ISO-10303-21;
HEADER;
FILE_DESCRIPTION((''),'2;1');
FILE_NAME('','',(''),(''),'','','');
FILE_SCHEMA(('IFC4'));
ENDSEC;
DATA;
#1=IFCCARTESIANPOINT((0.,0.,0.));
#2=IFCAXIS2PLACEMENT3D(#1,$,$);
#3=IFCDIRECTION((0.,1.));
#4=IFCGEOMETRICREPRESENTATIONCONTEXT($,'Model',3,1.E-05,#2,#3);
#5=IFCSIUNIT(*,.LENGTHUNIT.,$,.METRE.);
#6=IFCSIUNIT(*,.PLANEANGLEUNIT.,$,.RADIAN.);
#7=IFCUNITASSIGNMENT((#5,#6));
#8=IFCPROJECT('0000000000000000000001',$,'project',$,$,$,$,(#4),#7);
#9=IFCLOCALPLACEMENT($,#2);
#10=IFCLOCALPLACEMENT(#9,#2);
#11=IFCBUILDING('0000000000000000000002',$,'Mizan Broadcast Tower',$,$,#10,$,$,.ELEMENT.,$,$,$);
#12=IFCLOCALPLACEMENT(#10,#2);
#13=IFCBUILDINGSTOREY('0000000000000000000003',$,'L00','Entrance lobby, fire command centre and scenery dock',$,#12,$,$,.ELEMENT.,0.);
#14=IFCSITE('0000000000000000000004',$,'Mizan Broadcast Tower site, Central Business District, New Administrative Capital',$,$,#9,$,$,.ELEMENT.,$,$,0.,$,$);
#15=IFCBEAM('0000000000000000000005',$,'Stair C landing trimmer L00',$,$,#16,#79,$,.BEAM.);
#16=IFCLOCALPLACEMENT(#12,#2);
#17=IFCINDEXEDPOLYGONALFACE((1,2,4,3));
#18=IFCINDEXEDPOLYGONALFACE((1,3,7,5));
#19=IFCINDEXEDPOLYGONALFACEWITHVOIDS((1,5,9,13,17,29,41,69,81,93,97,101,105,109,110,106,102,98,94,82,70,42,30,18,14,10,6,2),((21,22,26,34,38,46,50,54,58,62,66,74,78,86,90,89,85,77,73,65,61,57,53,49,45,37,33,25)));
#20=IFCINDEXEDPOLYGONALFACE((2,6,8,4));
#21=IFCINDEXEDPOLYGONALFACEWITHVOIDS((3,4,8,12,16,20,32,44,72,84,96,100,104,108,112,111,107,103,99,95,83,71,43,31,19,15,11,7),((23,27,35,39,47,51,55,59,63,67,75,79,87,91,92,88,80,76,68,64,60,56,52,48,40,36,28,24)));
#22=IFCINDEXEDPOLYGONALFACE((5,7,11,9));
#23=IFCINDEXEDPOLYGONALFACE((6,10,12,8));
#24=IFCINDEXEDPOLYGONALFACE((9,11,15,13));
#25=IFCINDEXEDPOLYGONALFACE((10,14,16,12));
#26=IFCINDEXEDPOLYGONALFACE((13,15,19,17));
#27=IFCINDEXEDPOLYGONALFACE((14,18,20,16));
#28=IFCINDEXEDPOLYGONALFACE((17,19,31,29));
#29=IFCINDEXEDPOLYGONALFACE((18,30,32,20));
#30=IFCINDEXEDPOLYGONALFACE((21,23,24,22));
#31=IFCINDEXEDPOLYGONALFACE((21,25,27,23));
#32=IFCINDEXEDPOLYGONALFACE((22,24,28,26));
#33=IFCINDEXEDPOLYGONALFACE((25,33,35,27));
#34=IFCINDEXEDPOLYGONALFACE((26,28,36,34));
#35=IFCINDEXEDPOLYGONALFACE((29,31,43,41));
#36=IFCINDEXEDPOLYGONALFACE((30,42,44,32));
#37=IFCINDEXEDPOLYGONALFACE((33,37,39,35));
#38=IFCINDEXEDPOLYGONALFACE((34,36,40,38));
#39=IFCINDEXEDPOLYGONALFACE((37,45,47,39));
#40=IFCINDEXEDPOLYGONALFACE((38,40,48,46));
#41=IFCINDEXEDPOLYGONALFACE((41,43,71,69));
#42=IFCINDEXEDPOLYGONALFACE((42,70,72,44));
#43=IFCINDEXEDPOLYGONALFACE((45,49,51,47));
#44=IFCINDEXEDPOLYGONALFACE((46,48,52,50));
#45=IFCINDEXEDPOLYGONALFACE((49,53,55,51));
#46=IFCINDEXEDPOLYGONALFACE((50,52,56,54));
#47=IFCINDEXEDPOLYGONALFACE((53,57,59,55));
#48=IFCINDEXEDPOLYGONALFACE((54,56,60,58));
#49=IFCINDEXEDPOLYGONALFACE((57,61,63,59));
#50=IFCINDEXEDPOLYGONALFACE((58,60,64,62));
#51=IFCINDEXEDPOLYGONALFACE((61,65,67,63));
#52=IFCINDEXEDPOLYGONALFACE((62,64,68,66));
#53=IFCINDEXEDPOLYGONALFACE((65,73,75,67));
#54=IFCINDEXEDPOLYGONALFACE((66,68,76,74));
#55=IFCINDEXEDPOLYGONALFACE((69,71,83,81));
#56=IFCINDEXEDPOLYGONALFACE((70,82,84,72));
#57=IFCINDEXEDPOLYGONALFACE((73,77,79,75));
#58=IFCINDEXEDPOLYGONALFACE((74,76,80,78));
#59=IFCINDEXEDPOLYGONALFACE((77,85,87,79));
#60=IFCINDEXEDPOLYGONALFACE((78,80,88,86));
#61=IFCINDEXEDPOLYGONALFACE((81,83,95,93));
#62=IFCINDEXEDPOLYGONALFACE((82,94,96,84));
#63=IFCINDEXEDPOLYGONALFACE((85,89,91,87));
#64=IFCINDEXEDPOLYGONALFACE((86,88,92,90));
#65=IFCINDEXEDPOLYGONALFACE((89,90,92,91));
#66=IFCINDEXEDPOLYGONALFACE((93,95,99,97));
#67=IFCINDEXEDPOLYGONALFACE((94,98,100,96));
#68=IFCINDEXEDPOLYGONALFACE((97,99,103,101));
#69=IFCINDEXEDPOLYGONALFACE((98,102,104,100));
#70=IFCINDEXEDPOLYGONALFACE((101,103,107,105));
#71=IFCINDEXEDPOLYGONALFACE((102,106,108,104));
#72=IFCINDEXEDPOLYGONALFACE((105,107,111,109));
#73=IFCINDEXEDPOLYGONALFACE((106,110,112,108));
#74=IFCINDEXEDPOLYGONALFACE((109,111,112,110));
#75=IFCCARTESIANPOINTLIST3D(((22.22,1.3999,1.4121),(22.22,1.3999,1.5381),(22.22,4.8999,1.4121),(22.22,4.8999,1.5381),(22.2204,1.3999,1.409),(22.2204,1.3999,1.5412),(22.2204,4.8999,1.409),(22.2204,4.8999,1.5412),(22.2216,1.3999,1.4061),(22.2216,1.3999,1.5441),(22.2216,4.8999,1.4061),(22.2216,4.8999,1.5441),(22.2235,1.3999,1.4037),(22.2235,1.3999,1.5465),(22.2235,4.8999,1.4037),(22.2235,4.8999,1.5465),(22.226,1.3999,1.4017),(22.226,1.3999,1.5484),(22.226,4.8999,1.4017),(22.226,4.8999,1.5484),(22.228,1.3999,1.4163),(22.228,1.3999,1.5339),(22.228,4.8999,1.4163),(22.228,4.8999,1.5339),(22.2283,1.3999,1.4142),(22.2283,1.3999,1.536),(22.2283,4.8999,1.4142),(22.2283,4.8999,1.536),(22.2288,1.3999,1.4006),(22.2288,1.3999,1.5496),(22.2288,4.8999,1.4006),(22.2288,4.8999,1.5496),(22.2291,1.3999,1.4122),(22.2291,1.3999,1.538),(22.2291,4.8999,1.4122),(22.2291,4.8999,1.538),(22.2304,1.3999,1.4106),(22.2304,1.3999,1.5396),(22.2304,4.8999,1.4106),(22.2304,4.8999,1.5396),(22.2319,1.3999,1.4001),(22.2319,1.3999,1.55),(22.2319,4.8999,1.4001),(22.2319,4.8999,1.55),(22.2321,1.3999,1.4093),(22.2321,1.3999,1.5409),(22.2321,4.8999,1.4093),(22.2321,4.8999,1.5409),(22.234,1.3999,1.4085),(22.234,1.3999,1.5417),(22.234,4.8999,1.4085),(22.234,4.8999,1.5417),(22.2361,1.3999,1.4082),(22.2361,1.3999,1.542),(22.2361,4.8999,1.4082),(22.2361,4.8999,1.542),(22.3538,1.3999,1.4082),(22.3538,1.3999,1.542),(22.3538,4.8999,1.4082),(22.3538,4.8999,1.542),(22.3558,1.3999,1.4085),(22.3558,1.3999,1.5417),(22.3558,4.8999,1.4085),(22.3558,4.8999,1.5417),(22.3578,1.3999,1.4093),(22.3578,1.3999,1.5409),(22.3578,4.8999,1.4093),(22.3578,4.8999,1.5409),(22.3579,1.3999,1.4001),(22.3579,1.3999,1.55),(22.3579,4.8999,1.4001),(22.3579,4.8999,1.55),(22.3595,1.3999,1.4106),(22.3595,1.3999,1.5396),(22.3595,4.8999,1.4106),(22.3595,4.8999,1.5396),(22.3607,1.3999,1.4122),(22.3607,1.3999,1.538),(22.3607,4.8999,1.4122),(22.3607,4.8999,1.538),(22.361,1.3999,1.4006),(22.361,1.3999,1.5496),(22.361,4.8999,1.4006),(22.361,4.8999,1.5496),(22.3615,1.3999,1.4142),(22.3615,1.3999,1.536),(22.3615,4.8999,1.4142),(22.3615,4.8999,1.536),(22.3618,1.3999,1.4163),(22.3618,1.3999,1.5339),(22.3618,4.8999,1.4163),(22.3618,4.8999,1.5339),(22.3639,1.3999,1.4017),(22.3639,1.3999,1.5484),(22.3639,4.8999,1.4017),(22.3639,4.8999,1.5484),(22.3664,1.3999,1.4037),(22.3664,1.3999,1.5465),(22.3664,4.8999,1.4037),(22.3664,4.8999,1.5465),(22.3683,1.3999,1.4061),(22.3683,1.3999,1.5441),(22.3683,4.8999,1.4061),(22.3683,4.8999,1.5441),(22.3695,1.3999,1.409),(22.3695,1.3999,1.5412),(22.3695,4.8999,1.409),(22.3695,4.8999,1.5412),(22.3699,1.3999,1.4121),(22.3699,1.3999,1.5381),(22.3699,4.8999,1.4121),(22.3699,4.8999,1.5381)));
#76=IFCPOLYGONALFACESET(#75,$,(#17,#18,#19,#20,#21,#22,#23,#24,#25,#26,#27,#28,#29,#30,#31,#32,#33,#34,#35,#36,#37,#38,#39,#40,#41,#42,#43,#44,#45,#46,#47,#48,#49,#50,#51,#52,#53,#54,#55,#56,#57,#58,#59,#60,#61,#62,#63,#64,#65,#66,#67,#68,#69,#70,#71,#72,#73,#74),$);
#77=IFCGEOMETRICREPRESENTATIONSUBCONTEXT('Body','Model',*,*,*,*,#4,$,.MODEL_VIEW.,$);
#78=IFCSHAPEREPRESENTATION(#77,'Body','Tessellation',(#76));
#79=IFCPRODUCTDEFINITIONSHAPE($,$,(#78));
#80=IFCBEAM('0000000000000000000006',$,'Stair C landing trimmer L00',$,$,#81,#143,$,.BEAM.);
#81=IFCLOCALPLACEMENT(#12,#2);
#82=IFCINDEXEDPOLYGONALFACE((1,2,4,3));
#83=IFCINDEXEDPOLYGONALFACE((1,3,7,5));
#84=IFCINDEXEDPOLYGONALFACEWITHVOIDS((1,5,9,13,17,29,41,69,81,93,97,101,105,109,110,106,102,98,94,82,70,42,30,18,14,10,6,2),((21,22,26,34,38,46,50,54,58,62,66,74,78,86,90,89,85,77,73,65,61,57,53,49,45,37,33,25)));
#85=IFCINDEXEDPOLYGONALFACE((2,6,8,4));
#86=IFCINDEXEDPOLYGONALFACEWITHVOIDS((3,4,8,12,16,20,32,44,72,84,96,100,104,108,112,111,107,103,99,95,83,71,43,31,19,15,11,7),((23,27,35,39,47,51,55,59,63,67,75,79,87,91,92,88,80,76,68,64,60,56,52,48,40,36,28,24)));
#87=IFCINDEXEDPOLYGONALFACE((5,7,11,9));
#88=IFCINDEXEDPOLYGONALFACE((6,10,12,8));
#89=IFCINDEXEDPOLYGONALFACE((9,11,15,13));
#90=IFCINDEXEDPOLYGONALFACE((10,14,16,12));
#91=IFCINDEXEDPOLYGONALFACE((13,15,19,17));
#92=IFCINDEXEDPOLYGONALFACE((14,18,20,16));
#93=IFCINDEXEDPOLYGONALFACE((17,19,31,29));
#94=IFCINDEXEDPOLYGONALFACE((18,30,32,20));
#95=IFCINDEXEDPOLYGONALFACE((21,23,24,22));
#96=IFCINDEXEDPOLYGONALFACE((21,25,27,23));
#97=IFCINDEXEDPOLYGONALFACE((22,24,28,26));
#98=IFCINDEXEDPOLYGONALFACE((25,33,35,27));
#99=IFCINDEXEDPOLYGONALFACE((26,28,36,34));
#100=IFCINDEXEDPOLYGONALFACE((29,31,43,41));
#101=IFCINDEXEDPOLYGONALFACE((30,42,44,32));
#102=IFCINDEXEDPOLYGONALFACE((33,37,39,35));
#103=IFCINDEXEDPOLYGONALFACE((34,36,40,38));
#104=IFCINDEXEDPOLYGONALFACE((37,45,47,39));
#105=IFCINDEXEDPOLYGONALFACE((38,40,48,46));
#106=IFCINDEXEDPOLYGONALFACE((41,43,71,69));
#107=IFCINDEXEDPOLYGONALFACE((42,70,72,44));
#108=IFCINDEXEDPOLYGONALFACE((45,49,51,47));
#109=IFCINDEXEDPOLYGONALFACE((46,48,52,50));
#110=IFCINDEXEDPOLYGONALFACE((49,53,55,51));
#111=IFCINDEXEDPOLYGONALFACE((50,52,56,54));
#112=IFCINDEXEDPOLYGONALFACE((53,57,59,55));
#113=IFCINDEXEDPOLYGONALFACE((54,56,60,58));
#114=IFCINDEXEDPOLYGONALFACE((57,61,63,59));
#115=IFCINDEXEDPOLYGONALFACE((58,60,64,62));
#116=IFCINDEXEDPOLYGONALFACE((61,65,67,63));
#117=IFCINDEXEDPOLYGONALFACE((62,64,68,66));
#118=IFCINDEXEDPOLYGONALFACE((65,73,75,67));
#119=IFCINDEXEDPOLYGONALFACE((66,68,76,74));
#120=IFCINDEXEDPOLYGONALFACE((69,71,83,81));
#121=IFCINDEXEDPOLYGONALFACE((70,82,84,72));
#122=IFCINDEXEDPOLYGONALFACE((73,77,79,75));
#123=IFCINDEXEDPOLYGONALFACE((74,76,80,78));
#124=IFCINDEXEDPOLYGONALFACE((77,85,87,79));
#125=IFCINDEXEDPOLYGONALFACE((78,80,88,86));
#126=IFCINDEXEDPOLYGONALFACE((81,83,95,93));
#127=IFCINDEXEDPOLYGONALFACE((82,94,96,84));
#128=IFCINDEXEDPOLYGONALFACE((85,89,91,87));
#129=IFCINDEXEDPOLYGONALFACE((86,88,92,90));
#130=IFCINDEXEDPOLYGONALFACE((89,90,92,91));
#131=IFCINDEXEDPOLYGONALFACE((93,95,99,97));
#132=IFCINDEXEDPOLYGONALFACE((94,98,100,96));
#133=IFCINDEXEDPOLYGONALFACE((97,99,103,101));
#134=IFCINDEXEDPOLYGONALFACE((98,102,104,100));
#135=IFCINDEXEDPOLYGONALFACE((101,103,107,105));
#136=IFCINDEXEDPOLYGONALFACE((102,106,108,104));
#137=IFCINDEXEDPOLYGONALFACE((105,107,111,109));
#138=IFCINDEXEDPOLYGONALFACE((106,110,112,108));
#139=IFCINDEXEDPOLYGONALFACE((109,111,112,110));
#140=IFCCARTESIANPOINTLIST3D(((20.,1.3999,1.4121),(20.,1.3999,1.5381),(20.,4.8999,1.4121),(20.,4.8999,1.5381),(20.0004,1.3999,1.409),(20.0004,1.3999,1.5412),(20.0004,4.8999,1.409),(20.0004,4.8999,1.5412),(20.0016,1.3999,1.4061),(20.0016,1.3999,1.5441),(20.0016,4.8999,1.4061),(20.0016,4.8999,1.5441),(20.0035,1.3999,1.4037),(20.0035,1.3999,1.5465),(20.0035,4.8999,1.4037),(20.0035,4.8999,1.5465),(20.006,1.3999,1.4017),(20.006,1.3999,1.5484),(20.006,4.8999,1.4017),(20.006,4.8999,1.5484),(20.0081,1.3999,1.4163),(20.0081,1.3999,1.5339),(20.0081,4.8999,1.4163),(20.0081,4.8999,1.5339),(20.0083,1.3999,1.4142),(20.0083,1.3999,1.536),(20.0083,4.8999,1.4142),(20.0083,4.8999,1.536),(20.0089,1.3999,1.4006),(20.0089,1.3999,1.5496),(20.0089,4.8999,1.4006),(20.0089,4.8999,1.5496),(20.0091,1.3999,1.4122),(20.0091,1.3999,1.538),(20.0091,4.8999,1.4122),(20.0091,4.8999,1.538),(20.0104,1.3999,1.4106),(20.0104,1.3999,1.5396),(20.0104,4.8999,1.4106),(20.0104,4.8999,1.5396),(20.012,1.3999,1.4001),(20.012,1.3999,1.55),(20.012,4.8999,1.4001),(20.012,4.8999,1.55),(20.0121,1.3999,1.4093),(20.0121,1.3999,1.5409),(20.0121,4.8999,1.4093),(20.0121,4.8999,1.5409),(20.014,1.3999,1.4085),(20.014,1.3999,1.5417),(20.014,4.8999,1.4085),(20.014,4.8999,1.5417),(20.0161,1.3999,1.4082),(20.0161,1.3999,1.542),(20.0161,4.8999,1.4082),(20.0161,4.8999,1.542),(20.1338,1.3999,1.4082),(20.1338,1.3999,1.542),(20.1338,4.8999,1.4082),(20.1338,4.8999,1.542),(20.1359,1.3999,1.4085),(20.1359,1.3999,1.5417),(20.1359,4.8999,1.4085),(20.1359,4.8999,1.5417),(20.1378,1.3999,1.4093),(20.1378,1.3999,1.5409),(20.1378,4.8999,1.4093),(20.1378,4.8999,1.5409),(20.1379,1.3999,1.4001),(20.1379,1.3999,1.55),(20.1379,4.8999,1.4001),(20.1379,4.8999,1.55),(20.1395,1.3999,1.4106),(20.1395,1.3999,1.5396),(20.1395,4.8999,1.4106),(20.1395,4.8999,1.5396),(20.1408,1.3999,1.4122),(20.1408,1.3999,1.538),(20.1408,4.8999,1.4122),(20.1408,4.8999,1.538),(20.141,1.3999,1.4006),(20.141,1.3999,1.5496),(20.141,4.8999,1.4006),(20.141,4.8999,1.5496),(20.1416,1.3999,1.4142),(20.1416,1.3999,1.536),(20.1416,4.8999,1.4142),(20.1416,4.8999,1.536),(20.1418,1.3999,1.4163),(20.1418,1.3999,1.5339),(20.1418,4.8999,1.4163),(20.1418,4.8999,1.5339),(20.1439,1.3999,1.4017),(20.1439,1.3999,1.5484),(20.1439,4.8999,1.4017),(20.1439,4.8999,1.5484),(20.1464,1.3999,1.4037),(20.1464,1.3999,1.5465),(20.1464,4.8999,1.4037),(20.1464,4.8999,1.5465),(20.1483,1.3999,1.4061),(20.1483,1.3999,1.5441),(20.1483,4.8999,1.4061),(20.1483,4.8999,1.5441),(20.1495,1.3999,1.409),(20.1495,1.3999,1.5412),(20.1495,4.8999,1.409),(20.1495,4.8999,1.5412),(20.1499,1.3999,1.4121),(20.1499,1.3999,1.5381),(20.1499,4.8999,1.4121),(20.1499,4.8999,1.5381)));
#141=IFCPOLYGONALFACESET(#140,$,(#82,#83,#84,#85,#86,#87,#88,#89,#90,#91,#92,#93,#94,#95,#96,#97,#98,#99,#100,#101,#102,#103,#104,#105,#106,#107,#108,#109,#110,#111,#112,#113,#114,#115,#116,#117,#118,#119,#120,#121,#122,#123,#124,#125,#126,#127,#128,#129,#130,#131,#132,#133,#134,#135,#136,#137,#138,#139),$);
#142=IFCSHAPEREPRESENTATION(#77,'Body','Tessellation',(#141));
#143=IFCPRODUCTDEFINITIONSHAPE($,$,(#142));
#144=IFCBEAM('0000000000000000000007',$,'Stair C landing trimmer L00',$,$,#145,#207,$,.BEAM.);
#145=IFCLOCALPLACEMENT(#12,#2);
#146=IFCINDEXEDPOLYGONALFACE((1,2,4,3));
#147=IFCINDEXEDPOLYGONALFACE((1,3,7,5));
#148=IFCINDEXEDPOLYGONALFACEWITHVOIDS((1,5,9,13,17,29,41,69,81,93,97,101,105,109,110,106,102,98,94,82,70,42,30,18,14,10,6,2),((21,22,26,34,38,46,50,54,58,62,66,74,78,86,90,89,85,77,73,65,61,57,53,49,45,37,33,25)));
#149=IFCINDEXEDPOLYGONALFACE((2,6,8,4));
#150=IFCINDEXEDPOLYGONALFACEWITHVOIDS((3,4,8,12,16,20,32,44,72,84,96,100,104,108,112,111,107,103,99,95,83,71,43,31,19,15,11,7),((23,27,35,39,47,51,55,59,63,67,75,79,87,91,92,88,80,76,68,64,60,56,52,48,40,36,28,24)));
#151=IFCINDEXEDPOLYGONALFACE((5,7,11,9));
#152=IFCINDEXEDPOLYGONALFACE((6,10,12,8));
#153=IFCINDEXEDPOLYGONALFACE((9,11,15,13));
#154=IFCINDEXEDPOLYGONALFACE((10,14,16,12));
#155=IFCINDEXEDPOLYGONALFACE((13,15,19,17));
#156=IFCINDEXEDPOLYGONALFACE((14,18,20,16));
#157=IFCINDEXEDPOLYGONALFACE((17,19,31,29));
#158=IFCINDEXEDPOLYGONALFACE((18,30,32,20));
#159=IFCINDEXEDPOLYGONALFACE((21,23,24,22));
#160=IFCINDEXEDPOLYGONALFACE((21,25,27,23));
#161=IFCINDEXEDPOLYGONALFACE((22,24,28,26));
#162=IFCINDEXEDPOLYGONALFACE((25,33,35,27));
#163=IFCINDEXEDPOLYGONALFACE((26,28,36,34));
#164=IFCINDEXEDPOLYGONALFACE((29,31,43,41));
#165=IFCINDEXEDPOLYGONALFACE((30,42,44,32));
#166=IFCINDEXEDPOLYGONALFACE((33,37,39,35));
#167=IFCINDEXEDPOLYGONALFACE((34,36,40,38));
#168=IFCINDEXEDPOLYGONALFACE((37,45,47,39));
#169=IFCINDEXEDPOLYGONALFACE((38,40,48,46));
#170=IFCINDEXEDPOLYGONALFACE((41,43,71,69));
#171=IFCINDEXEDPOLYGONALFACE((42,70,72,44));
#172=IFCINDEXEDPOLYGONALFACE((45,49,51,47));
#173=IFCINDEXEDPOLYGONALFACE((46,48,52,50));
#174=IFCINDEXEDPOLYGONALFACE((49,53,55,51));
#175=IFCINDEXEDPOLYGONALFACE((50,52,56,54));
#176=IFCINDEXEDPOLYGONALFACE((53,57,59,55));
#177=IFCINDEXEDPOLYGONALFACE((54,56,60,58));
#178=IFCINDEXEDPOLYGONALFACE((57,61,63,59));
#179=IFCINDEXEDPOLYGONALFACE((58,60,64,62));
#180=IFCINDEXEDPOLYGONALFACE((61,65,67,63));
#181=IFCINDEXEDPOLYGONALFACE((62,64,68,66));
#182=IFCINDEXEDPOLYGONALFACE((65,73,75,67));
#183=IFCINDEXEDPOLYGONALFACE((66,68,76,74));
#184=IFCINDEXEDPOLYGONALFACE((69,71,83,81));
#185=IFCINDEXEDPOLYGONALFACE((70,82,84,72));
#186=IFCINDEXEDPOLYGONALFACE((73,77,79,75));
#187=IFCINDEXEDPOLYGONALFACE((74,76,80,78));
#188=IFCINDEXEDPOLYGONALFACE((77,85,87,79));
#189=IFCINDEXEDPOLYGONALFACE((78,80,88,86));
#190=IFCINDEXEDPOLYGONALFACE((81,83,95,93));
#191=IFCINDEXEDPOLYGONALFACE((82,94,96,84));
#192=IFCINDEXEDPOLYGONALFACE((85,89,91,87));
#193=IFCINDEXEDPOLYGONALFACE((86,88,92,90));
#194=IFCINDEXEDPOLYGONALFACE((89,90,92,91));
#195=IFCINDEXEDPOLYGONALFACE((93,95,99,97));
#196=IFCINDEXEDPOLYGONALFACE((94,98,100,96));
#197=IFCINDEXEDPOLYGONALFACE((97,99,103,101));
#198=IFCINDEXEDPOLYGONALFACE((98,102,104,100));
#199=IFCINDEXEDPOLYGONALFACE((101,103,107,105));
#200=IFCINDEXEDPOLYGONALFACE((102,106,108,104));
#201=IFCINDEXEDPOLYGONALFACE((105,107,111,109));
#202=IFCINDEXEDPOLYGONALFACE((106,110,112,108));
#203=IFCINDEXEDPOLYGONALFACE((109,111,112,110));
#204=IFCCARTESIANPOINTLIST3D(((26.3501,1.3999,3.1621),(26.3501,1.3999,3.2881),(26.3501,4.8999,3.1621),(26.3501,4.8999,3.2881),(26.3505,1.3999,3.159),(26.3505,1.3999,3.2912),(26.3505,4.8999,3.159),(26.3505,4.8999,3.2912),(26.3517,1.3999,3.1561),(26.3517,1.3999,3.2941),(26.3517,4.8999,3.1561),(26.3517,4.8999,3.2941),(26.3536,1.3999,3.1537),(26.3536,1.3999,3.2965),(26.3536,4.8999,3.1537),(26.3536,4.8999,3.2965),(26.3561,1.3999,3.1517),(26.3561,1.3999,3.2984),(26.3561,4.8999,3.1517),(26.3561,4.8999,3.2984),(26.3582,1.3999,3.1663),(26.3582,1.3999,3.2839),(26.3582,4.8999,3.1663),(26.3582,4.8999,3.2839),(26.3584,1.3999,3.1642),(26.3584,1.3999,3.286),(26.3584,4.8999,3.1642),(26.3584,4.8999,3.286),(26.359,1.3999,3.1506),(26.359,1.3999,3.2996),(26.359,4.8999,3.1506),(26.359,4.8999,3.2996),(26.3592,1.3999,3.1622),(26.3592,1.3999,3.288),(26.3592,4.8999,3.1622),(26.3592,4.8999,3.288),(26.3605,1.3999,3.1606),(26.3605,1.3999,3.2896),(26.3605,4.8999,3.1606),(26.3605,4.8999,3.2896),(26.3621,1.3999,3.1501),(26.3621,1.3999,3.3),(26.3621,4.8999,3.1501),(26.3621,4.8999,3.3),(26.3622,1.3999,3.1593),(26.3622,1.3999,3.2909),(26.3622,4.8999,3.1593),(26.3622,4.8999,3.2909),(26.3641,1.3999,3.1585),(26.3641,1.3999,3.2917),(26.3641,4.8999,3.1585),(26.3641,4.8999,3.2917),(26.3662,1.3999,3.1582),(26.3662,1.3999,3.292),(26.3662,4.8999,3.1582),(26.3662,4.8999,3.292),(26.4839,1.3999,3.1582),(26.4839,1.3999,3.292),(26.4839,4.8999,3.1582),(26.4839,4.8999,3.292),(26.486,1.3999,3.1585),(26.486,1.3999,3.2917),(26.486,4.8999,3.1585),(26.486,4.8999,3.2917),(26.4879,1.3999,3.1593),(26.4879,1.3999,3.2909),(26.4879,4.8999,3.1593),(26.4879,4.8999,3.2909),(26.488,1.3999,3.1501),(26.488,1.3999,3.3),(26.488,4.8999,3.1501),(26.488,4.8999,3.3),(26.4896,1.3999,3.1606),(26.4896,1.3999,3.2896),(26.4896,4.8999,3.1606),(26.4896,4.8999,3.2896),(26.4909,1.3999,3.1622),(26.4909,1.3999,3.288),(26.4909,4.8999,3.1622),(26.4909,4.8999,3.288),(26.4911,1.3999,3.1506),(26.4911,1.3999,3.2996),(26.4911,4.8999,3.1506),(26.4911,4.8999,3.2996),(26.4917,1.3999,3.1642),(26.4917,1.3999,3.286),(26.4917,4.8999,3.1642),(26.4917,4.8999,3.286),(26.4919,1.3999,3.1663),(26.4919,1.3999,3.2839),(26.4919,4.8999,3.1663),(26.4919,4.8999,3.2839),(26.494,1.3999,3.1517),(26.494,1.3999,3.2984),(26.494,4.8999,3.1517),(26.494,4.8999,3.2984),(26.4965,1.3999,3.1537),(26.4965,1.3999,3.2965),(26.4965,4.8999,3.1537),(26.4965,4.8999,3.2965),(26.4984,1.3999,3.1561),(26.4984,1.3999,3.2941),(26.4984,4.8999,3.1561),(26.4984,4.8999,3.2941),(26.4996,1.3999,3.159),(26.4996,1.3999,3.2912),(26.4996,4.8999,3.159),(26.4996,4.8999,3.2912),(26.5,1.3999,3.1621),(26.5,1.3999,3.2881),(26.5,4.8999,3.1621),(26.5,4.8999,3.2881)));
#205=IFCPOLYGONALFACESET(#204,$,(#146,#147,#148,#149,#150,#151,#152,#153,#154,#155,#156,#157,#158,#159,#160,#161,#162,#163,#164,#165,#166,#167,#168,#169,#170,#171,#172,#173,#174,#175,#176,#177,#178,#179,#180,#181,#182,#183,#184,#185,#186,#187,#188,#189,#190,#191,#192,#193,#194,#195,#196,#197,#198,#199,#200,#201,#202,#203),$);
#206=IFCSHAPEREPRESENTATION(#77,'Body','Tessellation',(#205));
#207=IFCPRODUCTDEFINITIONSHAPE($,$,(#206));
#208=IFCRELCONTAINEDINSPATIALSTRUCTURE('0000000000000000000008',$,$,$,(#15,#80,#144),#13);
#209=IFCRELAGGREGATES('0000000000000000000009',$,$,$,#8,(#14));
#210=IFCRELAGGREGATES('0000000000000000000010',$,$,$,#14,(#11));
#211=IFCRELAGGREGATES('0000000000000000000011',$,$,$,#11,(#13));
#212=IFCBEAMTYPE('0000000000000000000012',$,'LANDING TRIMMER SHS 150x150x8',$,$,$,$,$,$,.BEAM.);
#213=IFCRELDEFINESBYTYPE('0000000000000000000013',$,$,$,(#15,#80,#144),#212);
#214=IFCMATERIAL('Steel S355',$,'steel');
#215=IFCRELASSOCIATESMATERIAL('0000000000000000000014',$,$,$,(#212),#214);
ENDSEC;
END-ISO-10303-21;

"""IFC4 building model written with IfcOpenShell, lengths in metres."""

from ifc_helpers import new_model, si_unit, direction, frame, origin, origin_2d, place, context, subcontext, project, spatial, hollow_rectangle, extrude, material, material_profile, profile_set, type_object, element, save


model = new_model("IFC4")

# Units and contexts
model_context = context("Model", 3, precision=1e-05, world=origin(), true_north=direction((0.0, 1.0)))
body_context = subcontext(model_context, "Body", "Model", "MODEL_VIEW")
ifc_project = project(units=[si_unit("LENGTHUNIT", "METRE"), si_unit("PLANEANGLEUNIT", "RADIAN")], contexts=[model_context])

# Site, building, storey
site_placement = place(None, origin())
site = spatial("IfcSite", under=ifc_project, at=site_placement, Name="Mizan Broadcast Tower site, Central Business District, New Administrative Capital", CompositionType="ELEMENT", RefElevation=0.0)
building_placement = place(site_placement, origin())
building = spatial("IfcBuilding", under=site, at=building_placement, Name="Mizan Broadcast Tower", CompositionType="ELEMENT")
storey_placement = place(building_placement, origin())
storey = spatial("IfcBuildingStorey", under=building, at=storey_placement, Name="L00", Description="Entrance lobby, fire command centre and scenery dock", CompositionType="ELEMENT", Elevation=0.0)

# Beams
ifc_material_1 = material(Name="Steel S355", Category="steel")
ifc_material_profile_1 = material_profile(ifc_material_1, hollow_rectangle(XDim=0.1499, YDim=0.1499, WallThickness=0.0081, InnerFilletRadius=0.0081, OuterFilletRadius=0.012, at=origin_2d()), Name="SHS 150x150x8")
ifc_profile_set_1 = profile_set([ifc_material_profile_1], Name="Steel S355")
beam_type = type_object("IfcBeamType", Name="LANDING TRIMMER SHS 150x150x8", PredefinedType="BEAM", material=ifc_profile_set_1)
for number, where, z_axis, x_axis, name in (
    (1, (22.2949, 1.3999, 1.4751), (0.0, 1.0, 0.0), (-1.0, 0.0, 0.0), "Stair C landing trimmer L00"),
    (2, (20.075, 1.3999, 1.4751), (0.0, 1.0, 0.0), (-1.0, 0.0, 0.0), "Stair C landing trimmer L00"),
    (3, (26.425, 1.3999, 3.2251), (0.0, 1.0, 0.0), (-1.0, 0.0, 0.0), "Stair C landing trimmer L00"),
):
    element("IfcBeam", number, at=place(storey_placement, frame(where, z_axis=z_axis, x_axis=x_axis)), inside=storey, type_object=beam_type, Name=name, PredefinedType="BEAM", context=body_context, shape_type="SweptSolid", body=[
        extrude(hollow_rectangle(XDim=0.1499, YDim=0.1499, WallThickness=0.0081, InnerFilletRadius=0.0081, OuterFilletRadius=0.012, at=origin_2d()), origin(), (0.0, 0.0, 1.0), 3.5),
    ])

save(model, "model.ifc")
